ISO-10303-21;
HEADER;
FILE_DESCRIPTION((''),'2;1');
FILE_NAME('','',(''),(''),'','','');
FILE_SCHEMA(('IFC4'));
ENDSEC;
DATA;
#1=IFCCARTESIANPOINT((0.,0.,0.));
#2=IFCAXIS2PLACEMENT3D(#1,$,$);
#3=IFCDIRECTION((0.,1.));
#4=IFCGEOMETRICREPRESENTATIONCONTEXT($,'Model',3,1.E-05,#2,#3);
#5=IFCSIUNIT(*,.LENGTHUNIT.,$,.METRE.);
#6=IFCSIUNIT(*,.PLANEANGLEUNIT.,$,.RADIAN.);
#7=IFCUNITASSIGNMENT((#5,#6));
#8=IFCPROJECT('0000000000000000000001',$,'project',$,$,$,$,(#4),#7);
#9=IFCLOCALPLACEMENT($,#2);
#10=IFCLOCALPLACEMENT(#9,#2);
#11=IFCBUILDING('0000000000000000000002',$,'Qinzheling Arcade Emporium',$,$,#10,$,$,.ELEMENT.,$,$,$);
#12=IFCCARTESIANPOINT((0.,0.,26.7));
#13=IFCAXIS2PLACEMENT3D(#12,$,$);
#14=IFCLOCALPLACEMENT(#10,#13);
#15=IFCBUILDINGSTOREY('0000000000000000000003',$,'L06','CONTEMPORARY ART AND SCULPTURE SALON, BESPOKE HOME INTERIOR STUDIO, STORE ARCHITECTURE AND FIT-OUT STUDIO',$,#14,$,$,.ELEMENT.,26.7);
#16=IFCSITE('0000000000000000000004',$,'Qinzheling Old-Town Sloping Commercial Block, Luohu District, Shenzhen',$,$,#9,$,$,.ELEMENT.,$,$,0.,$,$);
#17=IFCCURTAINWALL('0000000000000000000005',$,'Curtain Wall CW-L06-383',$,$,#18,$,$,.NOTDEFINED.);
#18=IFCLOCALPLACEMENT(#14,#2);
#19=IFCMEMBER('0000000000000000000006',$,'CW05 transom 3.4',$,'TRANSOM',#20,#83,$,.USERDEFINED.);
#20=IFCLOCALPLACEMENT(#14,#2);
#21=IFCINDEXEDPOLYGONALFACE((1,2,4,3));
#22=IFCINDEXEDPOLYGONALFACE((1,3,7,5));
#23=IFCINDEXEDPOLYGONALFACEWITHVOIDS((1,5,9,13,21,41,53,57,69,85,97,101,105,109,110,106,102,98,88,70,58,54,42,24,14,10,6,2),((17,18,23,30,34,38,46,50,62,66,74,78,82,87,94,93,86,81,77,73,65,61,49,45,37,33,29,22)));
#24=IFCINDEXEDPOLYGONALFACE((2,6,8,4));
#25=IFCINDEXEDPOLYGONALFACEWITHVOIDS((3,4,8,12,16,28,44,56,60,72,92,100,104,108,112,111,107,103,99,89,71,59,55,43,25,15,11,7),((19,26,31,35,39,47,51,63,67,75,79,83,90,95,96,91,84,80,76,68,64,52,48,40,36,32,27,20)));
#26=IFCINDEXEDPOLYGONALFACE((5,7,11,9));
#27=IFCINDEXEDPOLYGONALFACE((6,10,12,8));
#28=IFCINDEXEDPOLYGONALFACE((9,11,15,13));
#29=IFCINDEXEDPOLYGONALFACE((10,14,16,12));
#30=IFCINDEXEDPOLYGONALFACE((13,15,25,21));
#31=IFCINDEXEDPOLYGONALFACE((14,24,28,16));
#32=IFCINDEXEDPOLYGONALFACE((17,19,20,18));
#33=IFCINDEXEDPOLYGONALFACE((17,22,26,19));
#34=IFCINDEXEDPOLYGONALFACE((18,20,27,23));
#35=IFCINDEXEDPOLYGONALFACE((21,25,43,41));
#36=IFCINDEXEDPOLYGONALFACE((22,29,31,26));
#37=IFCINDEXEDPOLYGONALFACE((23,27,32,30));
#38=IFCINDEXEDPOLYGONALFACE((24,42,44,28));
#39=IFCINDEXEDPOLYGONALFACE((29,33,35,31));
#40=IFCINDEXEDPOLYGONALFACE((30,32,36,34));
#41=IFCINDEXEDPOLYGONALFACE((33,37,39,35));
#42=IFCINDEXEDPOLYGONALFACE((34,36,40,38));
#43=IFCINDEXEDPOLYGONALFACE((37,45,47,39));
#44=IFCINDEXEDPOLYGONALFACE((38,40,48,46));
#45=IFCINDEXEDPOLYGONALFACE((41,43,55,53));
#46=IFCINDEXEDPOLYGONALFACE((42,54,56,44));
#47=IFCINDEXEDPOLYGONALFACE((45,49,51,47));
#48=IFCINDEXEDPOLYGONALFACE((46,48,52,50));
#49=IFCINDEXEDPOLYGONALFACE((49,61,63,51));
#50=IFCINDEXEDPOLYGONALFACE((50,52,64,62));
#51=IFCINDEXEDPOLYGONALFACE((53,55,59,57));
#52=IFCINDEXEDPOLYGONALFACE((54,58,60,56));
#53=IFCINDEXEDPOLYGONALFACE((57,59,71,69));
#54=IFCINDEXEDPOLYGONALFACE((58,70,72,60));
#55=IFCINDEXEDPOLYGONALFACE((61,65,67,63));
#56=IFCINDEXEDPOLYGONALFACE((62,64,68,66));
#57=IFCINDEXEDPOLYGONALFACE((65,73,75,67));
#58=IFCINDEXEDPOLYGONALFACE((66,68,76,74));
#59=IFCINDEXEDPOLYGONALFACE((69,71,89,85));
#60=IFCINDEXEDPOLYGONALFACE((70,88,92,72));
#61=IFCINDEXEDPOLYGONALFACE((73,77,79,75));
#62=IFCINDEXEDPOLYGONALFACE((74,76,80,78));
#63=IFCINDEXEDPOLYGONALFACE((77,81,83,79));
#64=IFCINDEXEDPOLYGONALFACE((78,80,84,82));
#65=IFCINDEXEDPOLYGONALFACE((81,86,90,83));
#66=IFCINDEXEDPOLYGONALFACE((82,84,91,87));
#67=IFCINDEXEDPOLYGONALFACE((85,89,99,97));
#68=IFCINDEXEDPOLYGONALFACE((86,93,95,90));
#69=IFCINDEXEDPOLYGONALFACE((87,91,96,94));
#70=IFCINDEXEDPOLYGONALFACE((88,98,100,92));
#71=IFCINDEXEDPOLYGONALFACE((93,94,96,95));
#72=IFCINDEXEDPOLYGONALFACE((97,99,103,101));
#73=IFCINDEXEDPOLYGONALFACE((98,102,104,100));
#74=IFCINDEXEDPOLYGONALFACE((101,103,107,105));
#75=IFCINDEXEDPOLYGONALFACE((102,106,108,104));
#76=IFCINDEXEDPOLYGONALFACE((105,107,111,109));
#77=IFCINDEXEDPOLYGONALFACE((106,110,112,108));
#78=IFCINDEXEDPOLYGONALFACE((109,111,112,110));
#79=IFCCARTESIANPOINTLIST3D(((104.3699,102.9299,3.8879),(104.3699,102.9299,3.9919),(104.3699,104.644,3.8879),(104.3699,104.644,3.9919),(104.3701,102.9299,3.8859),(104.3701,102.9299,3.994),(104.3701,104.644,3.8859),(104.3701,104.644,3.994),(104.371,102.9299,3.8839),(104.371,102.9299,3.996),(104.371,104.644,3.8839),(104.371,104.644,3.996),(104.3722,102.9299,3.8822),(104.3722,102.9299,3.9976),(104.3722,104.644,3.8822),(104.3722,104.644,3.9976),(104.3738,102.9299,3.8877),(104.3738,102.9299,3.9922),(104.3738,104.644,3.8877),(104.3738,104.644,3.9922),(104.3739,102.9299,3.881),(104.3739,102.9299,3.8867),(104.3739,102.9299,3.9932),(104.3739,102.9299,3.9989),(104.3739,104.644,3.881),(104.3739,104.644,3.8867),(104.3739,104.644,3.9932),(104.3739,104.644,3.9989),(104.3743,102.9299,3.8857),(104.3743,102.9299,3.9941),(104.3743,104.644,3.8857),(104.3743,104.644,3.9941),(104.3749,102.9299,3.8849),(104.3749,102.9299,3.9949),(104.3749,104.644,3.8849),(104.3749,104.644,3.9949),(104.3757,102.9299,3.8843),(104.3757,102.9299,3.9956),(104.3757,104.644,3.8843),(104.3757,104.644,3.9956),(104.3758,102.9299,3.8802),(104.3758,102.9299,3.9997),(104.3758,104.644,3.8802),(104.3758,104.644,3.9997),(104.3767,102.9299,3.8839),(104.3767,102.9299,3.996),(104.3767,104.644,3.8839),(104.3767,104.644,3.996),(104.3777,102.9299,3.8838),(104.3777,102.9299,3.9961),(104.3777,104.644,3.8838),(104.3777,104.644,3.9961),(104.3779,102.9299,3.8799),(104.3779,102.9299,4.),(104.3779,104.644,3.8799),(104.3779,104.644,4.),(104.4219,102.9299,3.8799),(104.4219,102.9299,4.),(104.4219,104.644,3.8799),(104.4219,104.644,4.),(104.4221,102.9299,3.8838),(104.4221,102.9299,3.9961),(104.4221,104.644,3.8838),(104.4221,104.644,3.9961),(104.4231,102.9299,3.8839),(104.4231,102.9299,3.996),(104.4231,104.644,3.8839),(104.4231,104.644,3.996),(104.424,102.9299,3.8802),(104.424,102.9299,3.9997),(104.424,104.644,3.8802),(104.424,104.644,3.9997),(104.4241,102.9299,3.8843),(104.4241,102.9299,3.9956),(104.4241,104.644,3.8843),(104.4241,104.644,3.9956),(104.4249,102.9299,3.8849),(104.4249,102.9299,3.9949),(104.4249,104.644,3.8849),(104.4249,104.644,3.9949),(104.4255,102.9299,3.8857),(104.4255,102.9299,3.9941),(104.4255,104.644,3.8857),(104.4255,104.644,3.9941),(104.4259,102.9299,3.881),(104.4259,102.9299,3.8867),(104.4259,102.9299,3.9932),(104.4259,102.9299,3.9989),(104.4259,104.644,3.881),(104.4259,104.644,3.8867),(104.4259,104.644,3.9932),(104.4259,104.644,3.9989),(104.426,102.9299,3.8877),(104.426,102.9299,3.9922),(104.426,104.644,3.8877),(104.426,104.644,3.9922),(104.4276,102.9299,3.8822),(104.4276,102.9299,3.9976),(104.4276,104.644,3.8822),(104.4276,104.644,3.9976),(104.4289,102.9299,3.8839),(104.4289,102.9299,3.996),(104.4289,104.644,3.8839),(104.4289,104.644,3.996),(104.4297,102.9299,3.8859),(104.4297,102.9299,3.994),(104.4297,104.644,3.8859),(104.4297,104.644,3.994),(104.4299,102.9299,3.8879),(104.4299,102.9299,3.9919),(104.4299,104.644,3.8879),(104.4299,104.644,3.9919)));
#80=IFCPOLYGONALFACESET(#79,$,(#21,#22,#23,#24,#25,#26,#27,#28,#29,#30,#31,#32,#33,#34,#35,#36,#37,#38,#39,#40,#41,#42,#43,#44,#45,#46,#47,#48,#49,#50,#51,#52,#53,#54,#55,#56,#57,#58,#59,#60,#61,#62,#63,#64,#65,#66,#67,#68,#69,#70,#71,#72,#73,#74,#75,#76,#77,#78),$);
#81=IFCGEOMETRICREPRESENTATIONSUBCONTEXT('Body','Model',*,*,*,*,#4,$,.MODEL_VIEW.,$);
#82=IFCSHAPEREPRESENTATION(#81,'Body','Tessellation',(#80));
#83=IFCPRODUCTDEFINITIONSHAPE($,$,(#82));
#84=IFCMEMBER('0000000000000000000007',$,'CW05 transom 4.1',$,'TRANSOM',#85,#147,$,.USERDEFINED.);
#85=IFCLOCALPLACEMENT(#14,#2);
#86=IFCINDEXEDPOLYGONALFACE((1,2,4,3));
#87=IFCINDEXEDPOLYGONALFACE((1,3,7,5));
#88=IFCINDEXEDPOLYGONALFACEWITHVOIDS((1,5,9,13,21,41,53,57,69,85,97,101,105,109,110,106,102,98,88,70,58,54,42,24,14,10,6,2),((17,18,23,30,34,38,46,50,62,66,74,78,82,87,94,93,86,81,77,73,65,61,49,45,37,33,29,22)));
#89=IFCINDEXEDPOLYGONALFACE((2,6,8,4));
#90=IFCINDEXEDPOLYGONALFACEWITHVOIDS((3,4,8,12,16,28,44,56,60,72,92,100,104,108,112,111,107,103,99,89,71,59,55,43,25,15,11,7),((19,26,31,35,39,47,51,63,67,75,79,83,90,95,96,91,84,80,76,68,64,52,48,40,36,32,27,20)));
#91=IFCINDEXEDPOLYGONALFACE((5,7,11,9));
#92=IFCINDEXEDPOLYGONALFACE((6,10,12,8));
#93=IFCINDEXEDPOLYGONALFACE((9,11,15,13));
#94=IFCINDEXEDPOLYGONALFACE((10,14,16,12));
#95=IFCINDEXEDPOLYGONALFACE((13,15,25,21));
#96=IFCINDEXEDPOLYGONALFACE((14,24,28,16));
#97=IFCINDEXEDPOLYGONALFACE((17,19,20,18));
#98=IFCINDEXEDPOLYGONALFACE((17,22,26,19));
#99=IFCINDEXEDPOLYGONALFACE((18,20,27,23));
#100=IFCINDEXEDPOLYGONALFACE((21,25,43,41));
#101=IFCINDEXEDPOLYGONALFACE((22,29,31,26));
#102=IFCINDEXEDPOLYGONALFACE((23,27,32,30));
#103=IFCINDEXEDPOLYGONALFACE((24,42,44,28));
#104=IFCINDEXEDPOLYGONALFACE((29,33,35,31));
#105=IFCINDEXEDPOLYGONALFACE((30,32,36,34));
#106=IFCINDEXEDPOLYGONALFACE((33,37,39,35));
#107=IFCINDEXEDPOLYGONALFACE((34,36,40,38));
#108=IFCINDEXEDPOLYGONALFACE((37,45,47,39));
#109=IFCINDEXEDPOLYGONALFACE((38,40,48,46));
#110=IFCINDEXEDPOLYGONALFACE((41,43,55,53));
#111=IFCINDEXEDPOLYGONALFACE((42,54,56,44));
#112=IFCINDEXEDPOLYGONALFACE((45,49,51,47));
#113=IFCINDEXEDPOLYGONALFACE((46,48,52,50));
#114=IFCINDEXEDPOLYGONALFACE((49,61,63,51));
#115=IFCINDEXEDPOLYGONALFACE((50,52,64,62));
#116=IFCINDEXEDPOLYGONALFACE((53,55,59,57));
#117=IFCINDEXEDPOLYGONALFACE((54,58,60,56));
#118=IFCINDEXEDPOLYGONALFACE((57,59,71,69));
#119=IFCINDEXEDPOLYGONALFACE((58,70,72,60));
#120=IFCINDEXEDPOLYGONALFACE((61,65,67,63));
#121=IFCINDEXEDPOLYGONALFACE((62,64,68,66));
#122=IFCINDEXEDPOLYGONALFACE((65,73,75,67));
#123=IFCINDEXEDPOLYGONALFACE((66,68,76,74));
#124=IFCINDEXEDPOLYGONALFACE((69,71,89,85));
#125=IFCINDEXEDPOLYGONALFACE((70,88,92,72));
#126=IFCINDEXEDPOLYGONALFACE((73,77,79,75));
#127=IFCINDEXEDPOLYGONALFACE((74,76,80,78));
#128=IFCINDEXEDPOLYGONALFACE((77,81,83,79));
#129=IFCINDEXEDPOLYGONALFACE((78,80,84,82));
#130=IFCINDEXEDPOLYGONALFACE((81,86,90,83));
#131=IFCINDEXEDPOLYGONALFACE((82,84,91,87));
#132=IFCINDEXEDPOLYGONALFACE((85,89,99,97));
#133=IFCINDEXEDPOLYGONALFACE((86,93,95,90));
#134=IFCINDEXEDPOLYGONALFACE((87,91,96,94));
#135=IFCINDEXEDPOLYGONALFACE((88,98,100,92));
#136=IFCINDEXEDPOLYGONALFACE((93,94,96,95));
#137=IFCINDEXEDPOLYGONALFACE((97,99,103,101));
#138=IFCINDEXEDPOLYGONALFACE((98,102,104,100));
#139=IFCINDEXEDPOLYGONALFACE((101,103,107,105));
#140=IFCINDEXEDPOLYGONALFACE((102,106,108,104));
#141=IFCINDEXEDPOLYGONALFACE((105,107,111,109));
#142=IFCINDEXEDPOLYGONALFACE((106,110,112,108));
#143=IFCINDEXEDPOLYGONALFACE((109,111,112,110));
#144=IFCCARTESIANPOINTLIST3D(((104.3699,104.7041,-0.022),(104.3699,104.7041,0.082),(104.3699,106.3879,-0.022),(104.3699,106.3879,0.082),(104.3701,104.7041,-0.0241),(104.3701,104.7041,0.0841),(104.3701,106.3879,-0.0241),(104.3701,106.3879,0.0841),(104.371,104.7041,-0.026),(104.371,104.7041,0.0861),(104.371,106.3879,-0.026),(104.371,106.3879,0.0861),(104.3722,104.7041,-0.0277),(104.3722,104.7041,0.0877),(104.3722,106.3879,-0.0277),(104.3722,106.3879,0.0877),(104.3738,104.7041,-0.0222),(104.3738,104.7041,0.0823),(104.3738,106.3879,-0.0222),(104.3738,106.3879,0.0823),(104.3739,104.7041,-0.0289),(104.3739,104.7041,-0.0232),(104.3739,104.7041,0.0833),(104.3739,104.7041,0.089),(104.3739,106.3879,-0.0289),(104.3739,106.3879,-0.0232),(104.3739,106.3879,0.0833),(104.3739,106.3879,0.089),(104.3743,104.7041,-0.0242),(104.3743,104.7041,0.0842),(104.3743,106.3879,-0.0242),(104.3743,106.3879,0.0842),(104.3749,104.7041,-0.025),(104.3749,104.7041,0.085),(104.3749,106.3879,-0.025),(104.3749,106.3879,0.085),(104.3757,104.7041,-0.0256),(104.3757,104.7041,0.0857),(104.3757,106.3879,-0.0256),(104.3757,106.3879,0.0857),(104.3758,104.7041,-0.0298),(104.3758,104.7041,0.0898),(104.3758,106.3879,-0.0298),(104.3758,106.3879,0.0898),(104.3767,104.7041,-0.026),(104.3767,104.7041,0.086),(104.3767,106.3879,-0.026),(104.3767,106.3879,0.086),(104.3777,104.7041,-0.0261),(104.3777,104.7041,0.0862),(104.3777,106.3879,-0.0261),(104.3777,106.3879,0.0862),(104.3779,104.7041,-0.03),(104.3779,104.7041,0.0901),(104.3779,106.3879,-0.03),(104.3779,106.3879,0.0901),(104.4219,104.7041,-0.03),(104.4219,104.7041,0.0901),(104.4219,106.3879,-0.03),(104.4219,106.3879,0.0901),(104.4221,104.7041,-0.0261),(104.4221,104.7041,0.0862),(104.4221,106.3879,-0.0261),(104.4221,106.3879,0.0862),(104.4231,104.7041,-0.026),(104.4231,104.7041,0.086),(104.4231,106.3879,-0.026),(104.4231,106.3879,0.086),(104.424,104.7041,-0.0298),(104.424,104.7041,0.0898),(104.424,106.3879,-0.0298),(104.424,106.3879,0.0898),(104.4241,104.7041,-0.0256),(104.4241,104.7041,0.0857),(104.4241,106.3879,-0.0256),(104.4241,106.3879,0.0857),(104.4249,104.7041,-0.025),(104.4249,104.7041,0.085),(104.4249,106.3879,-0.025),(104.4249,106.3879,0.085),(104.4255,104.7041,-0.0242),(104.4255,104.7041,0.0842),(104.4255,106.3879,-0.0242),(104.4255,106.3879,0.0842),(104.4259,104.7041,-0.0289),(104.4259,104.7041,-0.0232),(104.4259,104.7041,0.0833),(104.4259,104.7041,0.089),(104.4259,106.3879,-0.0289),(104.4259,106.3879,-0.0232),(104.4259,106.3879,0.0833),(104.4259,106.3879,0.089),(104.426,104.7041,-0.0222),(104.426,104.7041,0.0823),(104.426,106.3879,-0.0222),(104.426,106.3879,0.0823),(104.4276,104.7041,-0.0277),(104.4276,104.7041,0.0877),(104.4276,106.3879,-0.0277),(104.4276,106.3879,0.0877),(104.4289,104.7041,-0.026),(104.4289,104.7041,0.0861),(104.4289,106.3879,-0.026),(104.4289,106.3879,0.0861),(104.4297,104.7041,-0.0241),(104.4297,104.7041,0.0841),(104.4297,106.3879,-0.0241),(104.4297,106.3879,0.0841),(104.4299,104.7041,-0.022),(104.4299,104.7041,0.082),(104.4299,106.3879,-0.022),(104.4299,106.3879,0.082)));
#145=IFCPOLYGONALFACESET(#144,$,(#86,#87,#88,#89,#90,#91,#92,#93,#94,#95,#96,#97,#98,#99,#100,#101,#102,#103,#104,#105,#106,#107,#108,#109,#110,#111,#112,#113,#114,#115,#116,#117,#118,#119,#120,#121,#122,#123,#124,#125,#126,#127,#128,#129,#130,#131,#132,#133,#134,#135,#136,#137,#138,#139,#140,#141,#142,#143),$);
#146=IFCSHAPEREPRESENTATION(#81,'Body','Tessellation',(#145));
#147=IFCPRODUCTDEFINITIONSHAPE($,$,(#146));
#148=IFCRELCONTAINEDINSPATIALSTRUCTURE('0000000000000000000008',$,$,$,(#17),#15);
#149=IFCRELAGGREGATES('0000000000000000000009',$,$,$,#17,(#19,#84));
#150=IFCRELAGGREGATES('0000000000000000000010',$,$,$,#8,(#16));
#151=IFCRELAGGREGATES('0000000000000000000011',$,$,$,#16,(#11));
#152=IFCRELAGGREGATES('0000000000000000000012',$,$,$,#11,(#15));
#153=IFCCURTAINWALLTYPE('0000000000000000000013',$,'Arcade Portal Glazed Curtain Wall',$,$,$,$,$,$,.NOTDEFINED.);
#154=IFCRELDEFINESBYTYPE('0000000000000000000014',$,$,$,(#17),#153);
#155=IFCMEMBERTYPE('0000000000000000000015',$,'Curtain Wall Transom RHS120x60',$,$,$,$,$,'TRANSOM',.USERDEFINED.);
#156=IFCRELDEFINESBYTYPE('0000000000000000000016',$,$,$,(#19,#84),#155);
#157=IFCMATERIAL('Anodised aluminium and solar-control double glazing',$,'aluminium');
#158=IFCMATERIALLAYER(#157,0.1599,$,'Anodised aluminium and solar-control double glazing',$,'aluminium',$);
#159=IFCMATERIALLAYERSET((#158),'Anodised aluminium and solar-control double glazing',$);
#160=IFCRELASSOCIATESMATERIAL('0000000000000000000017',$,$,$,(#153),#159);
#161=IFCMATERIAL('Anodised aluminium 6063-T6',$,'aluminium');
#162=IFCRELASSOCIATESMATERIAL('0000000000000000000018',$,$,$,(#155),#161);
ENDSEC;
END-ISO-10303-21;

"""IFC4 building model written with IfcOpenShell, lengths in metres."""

from ifc_helpers import new_model, si_unit, direction, frame, origin, origin_2d, place, context, subcontext, project, spatial, hollow_rectangle, extrude, material, layer, layer_set, material_profile, profile_set, type_object, element, aggregate, save


model = new_model("IFC4")

# Units and contexts
model_context = context("Model", 3, precision=1e-05, world=origin(), true_north=direction((0.0, 1.0)))
body_context = subcontext(model_context, "Body", "Model", "MODEL_VIEW")
ifc_project = project(units=[si_unit("LENGTHUNIT", "METRE"), si_unit("PLANEANGLEUNIT", "RADIAN")], contexts=[model_context])

# Site, building, storey
site_placement = place(None, origin())
site = spatial("IfcSite", under=ifc_project, at=site_placement, Name="Qinzheling Old-Town Sloping Commercial Block, Luohu District, Shenzhen", CompositionType="ELEMENT", RefElevation=0.0)
building_placement = place(site_placement, origin())
building = spatial("IfcBuilding", under=site, at=building_placement, Name="Qinzheling Arcade Emporium", CompositionType="ELEMENT")
storey_placement = place(building_placement, frame((0.0, 0.0, 26.7)))
storey = spatial("IfcBuildingStorey", under=building, at=storey_placement, Name="L06", Description="CONTEMPORARY ART AND SCULPTURE SALON, BESPOKE HOME INTERIOR STUDIO, STORE ARCHITECTURE AND FIT-OUT STUDIO", CompositionType="ELEMENT", Elevation=26.7)

# Curtain wall, members
ifc_material_1 = material(Name="Anodised aluminium and solar-control double glazing", Category="aluminium")
ifc_layer_1 = layer(ifc_material_1, 0.1599, Name="Anodised aluminium and solar-control double glazing", Category="aluminium")
ifc_layer_set_1 = layer_set([ifc_layer_1], Name="Anodised aluminium and solar-control double glazing")
curtain_wall_type = type_object("IfcCurtainWallType", Name="Arcade Portal Glazed Curtain Wall", PredefinedType="NOTDEFINED", material=ifc_layer_set_1)
curtain_wall_placement = place(storey_placement, origin())
curtain_wall = element("IfcCurtainWall", 1, at=curtain_wall_placement, inside=storey, type_object=curtain_wall_type, Name="Curtain Wall CW-L06-383", PredefinedType="NOTDEFINED")
ifc_material_2 = material(Name="Anodised aluminium 6063-T6", Category="aluminium")
ifc_material_profile_1 = material_profile(ifc_material_2, hollow_rectangle(XDim=0.0601, YDim=0.1201, WallThickness=0.0039, InnerFilletRadius=0.0039, OuterFilletRadius=0.0081, at=origin_2d()), Name="RHS 120x60x4", Category="aluminium")
ifc_profile_set_1 = profile_set([ifc_material_profile_1], Name="Anodised aluminium 6063-T6")
member_type_1 = type_object("IfcMemberType", Name="Curtain Wall Transom RHS120x60", ElementType="TRANSOM", PredefinedType="USERDEFINED", material=ifc_profile_set_1)
member_1_placement = place(storey_placement, frame((104.3999, 102.9299, 3.9399), z_axis=(0.0, 1.0, 0.0), x_axis=(-1.0, 0.0, 0.0)))
member_1 = element("IfcMember", 2, at=member_1_placement, type_object=member_type_1, Name="CW05 transom 3.4", ObjectType="TRANSOM", PredefinedType="USERDEFINED", context=body_context, shape_type="SweptSolid", body=[
    extrude(hollow_rectangle(XDim=0.0601, YDim=0.1201, WallThickness=0.0039, InnerFilletRadius=0.0039, OuterFilletRadius=0.0081, at=origin_2d()), origin(), (0.0, 0.0, 1.0), 1.7141),
])
member_2_placement = place(storey_placement, frame((104.3999, 104.7041, 0.03), z_axis=(0.0, 1.0, 0.0), x_axis=(-1.0, 0.0, 0.0)))
member_2 = element("IfcMember", 3, at=member_2_placement, type_object=member_type_1, Name="CW05 transom 4.1", ObjectType="TRANSOM", PredefinedType="USERDEFINED", context=body_context, shape_type="SweptSolid", body=[
    extrude(hollow_rectangle(XDim=0.0601, YDim=0.1201, WallThickness=0.0039, InnerFilletRadius=0.0039, OuterFilletRadius=0.0081, at=origin_2d()), origin(), (0.0, 0.0, 1.0), 1.6838),
])

aggregate(curtain_wall, [member_1, member_2])

save(model, "model.ifc")
